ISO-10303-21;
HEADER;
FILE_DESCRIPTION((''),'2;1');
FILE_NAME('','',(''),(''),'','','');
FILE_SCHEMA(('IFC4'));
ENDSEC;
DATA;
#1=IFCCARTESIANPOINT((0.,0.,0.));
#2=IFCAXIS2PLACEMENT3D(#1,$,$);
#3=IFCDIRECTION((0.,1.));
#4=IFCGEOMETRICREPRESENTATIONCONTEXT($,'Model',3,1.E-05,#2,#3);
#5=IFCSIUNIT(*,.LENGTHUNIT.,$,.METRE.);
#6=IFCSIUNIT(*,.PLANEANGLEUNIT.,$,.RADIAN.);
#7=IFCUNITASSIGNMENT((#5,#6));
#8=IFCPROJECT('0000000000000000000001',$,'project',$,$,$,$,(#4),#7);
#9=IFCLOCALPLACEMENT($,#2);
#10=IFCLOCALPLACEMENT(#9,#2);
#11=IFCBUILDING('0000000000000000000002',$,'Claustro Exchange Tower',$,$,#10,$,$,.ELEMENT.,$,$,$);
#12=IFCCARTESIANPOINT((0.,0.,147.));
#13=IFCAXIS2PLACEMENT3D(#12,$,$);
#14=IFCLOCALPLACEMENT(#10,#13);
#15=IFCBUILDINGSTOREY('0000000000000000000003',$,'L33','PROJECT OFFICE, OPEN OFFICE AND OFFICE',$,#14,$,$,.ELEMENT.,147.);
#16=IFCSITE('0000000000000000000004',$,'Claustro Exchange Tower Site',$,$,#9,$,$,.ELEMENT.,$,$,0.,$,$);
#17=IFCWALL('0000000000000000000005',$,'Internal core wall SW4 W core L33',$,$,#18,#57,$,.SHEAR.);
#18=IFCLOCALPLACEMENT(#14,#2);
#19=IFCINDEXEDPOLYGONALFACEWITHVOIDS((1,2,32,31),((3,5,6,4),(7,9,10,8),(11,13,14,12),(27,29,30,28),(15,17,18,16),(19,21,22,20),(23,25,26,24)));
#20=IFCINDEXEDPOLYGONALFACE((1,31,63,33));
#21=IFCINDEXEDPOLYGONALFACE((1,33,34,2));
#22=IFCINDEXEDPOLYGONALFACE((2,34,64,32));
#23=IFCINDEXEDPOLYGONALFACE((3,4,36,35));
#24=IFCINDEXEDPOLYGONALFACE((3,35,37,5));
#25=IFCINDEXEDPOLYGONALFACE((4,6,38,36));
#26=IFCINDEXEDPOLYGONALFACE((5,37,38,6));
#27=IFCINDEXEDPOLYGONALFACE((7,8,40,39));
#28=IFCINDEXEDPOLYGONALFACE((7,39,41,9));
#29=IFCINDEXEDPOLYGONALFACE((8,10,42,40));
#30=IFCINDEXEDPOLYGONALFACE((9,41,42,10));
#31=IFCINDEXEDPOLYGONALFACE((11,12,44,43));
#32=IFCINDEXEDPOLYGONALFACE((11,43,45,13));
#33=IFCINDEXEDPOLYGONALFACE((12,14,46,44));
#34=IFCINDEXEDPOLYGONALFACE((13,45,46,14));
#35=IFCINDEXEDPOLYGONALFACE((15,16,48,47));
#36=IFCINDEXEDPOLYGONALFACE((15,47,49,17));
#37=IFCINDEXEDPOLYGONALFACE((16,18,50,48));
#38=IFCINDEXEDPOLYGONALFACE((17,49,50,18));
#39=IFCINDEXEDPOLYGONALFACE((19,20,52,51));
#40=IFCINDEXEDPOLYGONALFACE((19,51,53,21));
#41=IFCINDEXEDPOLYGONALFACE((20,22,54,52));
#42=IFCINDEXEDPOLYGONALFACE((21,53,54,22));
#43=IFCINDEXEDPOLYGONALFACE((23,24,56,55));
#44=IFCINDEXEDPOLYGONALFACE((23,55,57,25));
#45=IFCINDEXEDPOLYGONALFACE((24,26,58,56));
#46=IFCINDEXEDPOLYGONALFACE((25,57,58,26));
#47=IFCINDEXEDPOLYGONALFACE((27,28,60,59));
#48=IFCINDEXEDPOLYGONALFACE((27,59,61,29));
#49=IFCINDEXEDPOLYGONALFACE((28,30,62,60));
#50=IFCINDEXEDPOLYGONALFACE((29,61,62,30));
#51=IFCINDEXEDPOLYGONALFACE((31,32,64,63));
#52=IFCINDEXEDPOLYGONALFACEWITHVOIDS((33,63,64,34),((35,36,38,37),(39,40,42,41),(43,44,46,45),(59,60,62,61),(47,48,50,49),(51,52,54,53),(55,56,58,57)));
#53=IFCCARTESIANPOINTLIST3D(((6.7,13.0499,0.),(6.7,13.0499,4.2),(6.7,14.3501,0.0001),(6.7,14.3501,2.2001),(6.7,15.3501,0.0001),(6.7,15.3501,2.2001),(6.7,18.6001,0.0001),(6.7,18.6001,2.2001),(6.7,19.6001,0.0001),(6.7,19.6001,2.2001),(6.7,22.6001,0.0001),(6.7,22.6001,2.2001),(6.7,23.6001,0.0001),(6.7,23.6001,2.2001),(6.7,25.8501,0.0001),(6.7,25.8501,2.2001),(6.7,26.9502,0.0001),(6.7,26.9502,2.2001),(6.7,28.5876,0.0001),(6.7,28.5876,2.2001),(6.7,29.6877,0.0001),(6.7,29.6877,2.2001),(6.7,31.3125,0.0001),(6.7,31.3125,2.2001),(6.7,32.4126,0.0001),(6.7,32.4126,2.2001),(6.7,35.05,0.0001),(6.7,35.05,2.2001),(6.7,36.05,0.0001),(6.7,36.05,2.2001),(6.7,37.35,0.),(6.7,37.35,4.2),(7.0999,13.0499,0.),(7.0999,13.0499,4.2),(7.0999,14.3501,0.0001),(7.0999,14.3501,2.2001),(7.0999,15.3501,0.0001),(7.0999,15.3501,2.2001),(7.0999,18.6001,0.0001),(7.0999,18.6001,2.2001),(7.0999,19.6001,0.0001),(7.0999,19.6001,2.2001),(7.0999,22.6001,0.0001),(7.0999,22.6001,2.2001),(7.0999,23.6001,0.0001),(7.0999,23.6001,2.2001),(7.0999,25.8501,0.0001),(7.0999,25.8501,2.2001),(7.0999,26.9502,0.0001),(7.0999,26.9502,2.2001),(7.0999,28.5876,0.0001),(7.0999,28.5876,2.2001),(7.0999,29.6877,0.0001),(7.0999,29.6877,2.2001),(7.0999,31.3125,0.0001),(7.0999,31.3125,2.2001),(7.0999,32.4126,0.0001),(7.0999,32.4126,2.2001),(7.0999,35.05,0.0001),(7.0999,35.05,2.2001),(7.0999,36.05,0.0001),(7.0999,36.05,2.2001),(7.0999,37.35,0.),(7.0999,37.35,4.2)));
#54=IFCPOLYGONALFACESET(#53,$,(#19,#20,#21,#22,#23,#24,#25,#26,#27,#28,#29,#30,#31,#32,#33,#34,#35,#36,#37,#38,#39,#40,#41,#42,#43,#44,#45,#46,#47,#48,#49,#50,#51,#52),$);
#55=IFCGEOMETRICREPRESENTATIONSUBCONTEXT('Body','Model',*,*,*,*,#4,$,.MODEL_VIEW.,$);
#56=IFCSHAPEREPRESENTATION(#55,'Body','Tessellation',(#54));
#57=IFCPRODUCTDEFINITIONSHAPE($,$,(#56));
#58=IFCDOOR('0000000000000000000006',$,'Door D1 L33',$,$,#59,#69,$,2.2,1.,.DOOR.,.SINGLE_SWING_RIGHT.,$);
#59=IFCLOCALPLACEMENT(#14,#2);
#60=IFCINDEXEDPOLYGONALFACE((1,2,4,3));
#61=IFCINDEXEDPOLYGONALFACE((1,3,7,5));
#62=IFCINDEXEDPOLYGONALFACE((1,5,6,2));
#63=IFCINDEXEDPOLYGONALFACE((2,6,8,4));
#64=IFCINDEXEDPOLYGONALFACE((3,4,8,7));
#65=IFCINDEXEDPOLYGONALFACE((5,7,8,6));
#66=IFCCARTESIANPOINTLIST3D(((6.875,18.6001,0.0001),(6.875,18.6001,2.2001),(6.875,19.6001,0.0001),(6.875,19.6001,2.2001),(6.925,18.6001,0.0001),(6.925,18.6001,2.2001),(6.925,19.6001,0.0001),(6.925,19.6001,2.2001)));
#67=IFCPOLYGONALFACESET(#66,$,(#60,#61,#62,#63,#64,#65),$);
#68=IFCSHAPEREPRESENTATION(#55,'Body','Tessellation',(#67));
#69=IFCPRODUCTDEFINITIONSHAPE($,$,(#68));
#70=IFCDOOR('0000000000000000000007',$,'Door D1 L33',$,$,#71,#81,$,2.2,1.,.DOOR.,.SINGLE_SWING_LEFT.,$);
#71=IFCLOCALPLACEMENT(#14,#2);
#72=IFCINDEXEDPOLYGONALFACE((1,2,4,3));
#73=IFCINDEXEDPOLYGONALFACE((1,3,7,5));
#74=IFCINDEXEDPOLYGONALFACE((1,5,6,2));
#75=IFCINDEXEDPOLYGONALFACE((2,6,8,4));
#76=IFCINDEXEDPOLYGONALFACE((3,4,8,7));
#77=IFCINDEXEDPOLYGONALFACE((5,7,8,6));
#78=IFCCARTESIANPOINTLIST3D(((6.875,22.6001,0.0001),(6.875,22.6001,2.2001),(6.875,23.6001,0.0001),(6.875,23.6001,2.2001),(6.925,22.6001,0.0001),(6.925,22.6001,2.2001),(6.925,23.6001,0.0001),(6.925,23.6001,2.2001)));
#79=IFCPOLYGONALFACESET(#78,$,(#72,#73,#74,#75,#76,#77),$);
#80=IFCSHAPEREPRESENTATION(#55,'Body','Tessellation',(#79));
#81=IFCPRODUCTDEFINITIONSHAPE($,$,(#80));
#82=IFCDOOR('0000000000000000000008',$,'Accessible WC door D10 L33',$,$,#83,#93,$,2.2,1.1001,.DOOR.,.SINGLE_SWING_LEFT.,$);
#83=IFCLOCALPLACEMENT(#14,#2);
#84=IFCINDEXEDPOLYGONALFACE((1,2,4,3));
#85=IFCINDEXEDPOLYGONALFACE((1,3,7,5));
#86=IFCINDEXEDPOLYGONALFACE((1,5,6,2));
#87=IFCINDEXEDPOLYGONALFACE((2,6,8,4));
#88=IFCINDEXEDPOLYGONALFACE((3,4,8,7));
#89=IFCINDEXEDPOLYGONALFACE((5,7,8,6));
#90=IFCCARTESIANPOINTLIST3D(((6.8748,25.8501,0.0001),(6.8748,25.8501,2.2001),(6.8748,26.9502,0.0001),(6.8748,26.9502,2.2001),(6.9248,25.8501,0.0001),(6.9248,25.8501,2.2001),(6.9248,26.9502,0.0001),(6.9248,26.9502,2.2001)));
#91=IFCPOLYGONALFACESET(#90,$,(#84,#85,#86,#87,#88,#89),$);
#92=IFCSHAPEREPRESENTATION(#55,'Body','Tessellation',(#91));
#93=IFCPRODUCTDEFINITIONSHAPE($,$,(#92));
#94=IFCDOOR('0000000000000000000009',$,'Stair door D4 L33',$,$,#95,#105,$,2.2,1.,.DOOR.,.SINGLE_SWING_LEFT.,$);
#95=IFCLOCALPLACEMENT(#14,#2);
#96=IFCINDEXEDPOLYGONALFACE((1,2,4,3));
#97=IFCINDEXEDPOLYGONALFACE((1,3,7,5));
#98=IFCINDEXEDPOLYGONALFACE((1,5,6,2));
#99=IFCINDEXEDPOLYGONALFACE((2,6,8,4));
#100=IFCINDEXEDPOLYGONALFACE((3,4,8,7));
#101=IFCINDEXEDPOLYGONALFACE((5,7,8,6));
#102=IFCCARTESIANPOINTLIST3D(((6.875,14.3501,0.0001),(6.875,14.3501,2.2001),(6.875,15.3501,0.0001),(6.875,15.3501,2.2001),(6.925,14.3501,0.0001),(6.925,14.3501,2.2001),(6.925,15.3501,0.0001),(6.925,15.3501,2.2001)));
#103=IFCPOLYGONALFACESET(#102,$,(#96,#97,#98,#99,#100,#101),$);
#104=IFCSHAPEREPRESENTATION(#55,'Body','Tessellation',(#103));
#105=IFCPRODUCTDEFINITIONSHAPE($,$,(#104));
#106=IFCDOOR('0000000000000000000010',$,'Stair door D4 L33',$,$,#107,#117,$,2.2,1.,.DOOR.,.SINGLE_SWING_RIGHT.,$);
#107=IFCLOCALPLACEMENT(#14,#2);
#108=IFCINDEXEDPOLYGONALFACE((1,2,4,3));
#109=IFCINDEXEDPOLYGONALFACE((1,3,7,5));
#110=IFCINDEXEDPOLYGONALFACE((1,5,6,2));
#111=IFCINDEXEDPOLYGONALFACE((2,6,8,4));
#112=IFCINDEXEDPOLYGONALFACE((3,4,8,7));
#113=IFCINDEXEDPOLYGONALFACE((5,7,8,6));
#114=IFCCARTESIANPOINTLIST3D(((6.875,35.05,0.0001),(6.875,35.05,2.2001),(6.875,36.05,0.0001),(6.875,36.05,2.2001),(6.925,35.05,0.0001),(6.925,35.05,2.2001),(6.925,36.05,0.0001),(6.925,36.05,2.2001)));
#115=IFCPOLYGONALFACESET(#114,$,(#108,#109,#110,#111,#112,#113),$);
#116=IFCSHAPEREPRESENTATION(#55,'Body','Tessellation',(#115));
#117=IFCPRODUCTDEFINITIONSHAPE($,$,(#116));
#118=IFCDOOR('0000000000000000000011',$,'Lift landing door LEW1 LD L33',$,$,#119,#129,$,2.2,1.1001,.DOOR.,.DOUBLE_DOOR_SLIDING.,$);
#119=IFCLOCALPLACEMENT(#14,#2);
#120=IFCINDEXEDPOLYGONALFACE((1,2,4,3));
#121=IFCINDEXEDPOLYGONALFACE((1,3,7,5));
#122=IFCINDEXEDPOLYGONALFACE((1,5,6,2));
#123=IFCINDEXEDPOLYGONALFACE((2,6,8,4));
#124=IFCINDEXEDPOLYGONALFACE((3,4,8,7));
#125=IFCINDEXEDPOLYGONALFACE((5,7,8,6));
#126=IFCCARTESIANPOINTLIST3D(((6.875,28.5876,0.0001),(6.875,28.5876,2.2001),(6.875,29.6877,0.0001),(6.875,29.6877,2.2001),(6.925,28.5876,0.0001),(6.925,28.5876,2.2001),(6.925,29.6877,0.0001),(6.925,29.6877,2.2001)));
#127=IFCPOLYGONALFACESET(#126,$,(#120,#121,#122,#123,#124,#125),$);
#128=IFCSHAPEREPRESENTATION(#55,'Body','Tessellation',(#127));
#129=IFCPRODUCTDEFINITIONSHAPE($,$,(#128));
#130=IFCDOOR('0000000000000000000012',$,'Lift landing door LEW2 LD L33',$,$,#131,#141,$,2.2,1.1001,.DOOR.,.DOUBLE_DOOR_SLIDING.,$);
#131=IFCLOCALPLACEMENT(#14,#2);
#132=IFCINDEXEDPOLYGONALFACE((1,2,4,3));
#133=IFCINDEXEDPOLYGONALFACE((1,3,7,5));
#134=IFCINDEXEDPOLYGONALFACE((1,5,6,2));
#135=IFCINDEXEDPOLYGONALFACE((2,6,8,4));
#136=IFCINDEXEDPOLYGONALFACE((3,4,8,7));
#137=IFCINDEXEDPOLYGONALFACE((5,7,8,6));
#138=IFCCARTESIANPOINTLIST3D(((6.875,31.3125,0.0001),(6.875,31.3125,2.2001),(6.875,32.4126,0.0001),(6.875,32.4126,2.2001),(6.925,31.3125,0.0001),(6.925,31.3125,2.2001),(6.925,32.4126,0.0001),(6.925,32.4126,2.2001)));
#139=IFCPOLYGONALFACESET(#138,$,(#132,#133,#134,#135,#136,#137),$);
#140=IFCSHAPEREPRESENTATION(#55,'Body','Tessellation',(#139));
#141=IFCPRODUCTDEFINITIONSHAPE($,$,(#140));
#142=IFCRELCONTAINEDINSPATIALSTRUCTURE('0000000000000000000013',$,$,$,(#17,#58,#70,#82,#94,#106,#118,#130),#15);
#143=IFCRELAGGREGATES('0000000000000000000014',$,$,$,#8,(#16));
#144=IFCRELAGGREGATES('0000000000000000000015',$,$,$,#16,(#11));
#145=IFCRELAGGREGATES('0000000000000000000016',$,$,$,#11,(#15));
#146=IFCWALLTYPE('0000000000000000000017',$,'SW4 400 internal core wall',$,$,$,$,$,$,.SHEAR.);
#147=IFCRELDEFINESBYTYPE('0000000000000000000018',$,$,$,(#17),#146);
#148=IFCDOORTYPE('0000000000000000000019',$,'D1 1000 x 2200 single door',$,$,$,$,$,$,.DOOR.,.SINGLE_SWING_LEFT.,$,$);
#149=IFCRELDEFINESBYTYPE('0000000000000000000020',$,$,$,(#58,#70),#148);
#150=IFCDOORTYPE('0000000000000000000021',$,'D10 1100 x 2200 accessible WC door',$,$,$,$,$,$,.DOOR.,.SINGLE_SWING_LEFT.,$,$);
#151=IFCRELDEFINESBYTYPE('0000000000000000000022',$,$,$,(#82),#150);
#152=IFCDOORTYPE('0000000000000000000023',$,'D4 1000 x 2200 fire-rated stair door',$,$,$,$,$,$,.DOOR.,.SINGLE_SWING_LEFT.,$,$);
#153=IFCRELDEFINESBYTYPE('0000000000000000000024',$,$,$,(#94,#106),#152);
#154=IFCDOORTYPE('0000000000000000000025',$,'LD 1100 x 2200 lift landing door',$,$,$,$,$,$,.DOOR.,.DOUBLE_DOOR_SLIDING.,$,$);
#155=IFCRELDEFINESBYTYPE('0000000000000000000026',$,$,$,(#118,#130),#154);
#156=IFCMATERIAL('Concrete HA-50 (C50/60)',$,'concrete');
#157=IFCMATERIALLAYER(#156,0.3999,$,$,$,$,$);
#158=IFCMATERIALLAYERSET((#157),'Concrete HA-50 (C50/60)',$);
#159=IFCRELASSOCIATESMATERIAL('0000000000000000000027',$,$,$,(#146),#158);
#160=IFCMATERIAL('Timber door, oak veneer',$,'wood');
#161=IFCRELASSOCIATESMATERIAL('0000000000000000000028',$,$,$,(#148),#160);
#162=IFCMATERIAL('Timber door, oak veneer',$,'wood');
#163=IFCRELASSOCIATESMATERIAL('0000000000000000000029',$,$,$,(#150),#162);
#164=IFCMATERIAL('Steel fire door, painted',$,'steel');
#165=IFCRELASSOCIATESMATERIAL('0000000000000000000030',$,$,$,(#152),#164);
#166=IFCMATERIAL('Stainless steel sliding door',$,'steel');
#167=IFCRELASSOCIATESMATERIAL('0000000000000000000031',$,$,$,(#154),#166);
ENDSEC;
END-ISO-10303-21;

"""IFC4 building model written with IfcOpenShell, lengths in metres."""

from ifc_helpers import new_model, si_unit, direction, frame, frame_2d, origin, place, context, subcontext, project, spatial, rectangle, extrude, material, layer, layer_set, type_object, element, fill, save


model = new_model("IFC4")

# Units and contexts
model_context = context("Model", 3, precision=1e-05, world=origin(), true_north=direction((0.0, 1.0)))
body_context = subcontext(model_context, "Body", "Model", "MODEL_VIEW")
ifc_project = project(units=[si_unit("LENGTHUNIT", "METRE"), si_unit("PLANEANGLEUNIT", "RADIAN")], contexts=[model_context])

# Site, building, storey
site_placement = place(None, origin())
site = spatial("IfcSite", under=ifc_project, at=site_placement, Name="Claustro Exchange Tower Site", CompositionType="ELEMENT", RefElevation=0.0)
building_placement = place(site_placement, origin())
building = spatial("IfcBuilding", under=site, at=building_placement, Name="Claustro Exchange Tower", CompositionType="ELEMENT")
storey_placement = place(building_placement, frame((0.0, 0.0, 147.0)))
storey = spatial("IfcBuildingStorey", under=building, at=storey_placement, Name="L33", Description="PROJECT OFFICE, OPEN OFFICE AND OFFICE", CompositionType="ELEMENT", Elevation=147.0)

# Wall, openings, doors
ifc_material_1 = material(Name="Concrete HA-50 (C50/60)", Category="concrete")
ifc_layer_1 = layer(ifc_material_1, 0.3999)
ifc_layer_set_1 = layer_set([ifc_layer_1], Name="Concrete HA-50 (C50/60)")
wall_type_1 = type_object("IfcWallType", Name="SW4 400 internal core wall", PredefinedType="SHEAR", material=ifc_layer_set_1)
wall_1_placement = place(storey_placement, frame((6.8999, 13.05, 0.0), z_axis=(0.0, 0.0, 1.0), x_axis=(0.0, 1.0, 0.0)))
wall_1 = element("IfcWall", 1, at=wall_1_placement, inside=storey, type_object=wall_type_1, Name="Internal core wall SW4 W core L33", PredefinedType="SHEAR", context=body_context, shape_type="SweptSolid", body=[
    extrude(rectangle(XDim=24.3, YDim=0.3999, at=frame_2d((12.1499, 0.0))), origin(), (0.0, 0.0, 1.0), 4.2),
])
opening_1_placement = place(wall_1_placement, frame((1.3, 0.0, 0.0)))
opening_1 = element("IfcOpeningElement", 2, at=opening_1_placement, cuts=wall_1, PredefinedType="OPENING", context=body_context, shape_type="SweptSolid", body=[
    extrude(rectangle(XDim=1.0, YDim=2.2, at=frame_2d((0.5, 1.1001))), frame((0.0, 0.21, 0.0), z_axis=(0.0, -1.0, 0.0), x_axis=(1.0, 0.0, 0.0)), (0.0, 0.0, 1.0), 0.4199),
])
opening_2_placement = place(wall_1_placement, frame((22.0, 0.0, 0.0)))
opening_2 = element("IfcOpeningElement", 3, at=opening_2_placement, cuts=wall_1, PredefinedType="OPENING", context=body_context, shape_type="SweptSolid", body=[
    extrude(rectangle(XDim=1.0, YDim=2.2, at=frame_2d((0.5, 1.1001))), frame((0.0, 0.21, 0.0), z_axis=(0.0, -1.0, 0.0), x_axis=(1.0, 0.0, 0.0)), (0.0, 0.0, 1.0), 0.4199),
])
opening_3_placement = place(wall_1_placement, frame((5.55, 0.0, 0.0)))
opening_3 = element("IfcOpeningElement", 4, at=opening_3_placement, cuts=wall_1, PredefinedType="OPENING", context=body_context, shape_type="SweptSolid", body=[
    extrude(rectangle(XDim=1.0, YDim=2.2, at=frame_2d((0.5, 1.1001))), frame((0.0, 0.21, 0.0), z_axis=(0.0, -1.0, 0.0), x_axis=(1.0, 0.0, 0.0)), (0.0, 0.0, 1.0), 0.4199),
])
opening_4_placement = place(wall_1_placement, frame((9.55, 0.0, 0.0)))
opening_4 = element("IfcOpeningElement", 5, at=opening_4_placement, cuts=wall_1, PredefinedType="OPENING", context=body_context, shape_type="SweptSolid", body=[
    extrude(rectangle(XDim=1.0, YDim=2.2, at=frame_2d((0.5, 1.1001))), frame((0.0, 0.21, 0.0), z_axis=(0.0, -1.0, 0.0), x_axis=(1.0, 0.0, 0.0)), (0.0, 0.0, 1.0), 0.4199),
])
opening_5_placement = place(wall_1_placement, frame((12.8, 0.0, 0.0)))
opening_5 = element("IfcOpeningElement", 6, at=opening_5_placement, cuts=wall_1, PredefinedType="OPENING", context=body_context, shape_type="SweptSolid", body=[
    extrude(rectangle(XDim=1.1001, YDim=2.2, at=frame_2d((0.55, 1.1001))), frame((0.0, 0.21, 0.0), z_axis=(0.0, -1.0, 0.0), x_axis=(1.0, 0.0, 0.0)), (0.0, 0.0, 1.0), 0.4199),
])
opening_6_placement = place(wall_1_placement, frame((15.5376, 0.0, 0.0)))
opening_6 = element("IfcOpeningElement", 7, at=opening_6_placement, cuts=wall_1, PredefinedType="OPENING", context=body_context, shape_type="SweptSolid", body=[
    extrude(rectangle(XDim=1.1001, YDim=2.2, at=frame_2d((0.55, 1.1001))), frame((0.0, 0.21, 0.0), z_axis=(0.0, -1.0, 0.0), x_axis=(1.0, 0.0, 0.0)), (0.0, 0.0, 1.0), 0.4199),
])
opening_7_placement = place(wall_1_placement, frame((18.2625, 0.0, 0.0)))
opening_7 = element("IfcOpeningElement", 8, at=opening_7_placement, cuts=wall_1, PredefinedType="OPENING", context=body_context, shape_type="SweptSolid", body=[
    extrude(rectangle(XDim=1.1001, YDim=2.2, at=frame_2d((0.55, 1.1001))), frame((0.0, 0.21, 0.0), z_axis=(0.0, -1.0, 0.0), x_axis=(1.0, 0.0, 0.0)), (0.0, 0.0, 1.0), 0.4199),
])
ifc_material_2 = material(Name="Timber door, oak veneer", Category="wood")
door_type_1 = type_object("IfcDoorType", Name="D1 1000 x 2200 single door", OperationType="SINGLE_SWING_LEFT", PredefinedType="DOOR", material=ifc_material_2)
door_1_placement = place(opening_3_placement, origin())
door_1 = element("IfcDoor", 9, at=door_1_placement, inside=storey, type_object=door_type_1, Name="Door D1 L33", OperationType="SINGLE_SWING_RIGHT", OverallHeight=2.2, OverallWidth=1.0, PredefinedType="DOOR", context=body_context, shape_type="SweptSolid", body=[
    extrude(rectangle(XDim=1.0, YDim=2.2, at=frame_2d((0.5, 1.1001))), frame((0.0, 0.0249, 0.0), z_axis=(0.0, -1.0, 0.0), x_axis=(1.0, 0.0, 0.0)), (0.0, 0.0, 1.0), 0.05),
])
fill(opening_3, door_1)
door_2_placement = place(opening_4_placement, origin())
door_2 = element("IfcDoor", 10, at=door_2_placement, inside=storey, type_object=door_type_1, Name="Door D1 L33", OperationType="SINGLE_SWING_LEFT", OverallHeight=2.2, OverallWidth=1.0, PredefinedType="DOOR", context=body_context, shape_type="SweptSolid", body=[
    extrude(rectangle(XDim=1.0, YDim=2.2, at=frame_2d((0.5, 1.1001))), frame((0.0, 0.0249, 0.0), z_axis=(0.0, -1.0, 0.0), x_axis=(1.0, 0.0, 0.0)), (0.0, 0.0, 1.0), 0.05),
])
fill(opening_4, door_2)
ifc_material_3 = material(Name="Timber door, oak veneer", Category="wood")
door_type_2 = type_object("IfcDoorType", Name="D10 1100 x 2200 accessible WC door", OperationType="SINGLE_SWING_LEFT", PredefinedType="DOOR", material=ifc_material_3)
door_3_placement = place(opening_5_placement, frame((1.1001, 0.0, 0.0), z_axis=(0.0, 0.0, 1.0), x_axis=(-1.0, 0.0, 0.0)))
door_3 = element("IfcDoor", 11, at=door_3_placement, inside=storey, type_object=door_type_2, Name="Accessible WC door D10 L33", OperationType="SINGLE_SWING_LEFT", OverallHeight=2.2, OverallWidth=1.1001, PredefinedType="DOOR", context=body_context, shape_type="SweptSolid", body=[
    extrude(rectangle(XDim=1.1001, YDim=2.2, at=frame_2d((0.55, 1.1001))), frame((0.0, 0.0249, 0.0), z_axis=(0.0, -1.0, 0.0), x_axis=(1.0, 0.0, 0.0)), (0.0, 0.0, 1.0), 0.05),
])
fill(opening_5, door_3)
ifc_material_4 = material(Name="Steel fire door, painted", Category="steel")
door_type_3 = type_object("IfcDoorType", Name="D4 1000 x 2200 fire-rated stair door", OperationType="SINGLE_SWING_LEFT", PredefinedType="DOOR", material=ifc_material_4)
door_4_placement = place(opening_1_placement, origin())
door_4 = element("IfcDoor", 12, at=door_4_placement, inside=storey, type_object=door_type_3, Name="Stair door D4 L33", OperationType="SINGLE_SWING_LEFT", OverallHeight=2.2, OverallWidth=1.0, PredefinedType="DOOR", context=body_context, shape_type="SweptSolid", body=[
    extrude(rectangle(XDim=1.0, YDim=2.2, at=frame_2d((0.5, 1.1001))), frame((0.0, 0.0249, 0.0), z_axis=(0.0, -1.0, 0.0), x_axis=(1.0, 0.0, 0.0)), (0.0, 0.0, 1.0), 0.05),
])
fill(opening_1, door_4)
door_5_placement = place(opening_2_placement, origin())
door_5 = element("IfcDoor", 13, at=door_5_placement, inside=storey, type_object=door_type_3, Name="Stair door D4 L33", OperationType="SINGLE_SWING_RIGHT", OverallHeight=2.2, OverallWidth=1.0, PredefinedType="DOOR", context=body_context, shape_type="SweptSolid", body=[
    extrude(rectangle(XDim=1.0, YDim=2.2, at=frame_2d((0.5, 1.1001))), frame((0.0, 0.0249, 0.0), z_axis=(0.0, -1.0, 0.0), x_axis=(1.0, 0.0, 0.0)), (0.0, 0.0, 1.0), 0.05),
])
fill(opening_2, door_5)
ifc_material_5 = material(Name="Stainless steel sliding door", Category="steel")
door_type_4 = type_object("IfcDoorType", Name="LD 1100 x 2200 lift landing door", OperationType="DOUBLE_DOOR_SLIDING", PredefinedType="DOOR", material=ifc_material_5)
door_6_placement = place(opening_6_placement, origin())
door_6 = element("IfcDoor", 14, at=door_6_placement, inside=storey, type_object=door_type_4, Name="Lift landing door LEW1 LD L33", OperationType="DOUBLE_DOOR_SLIDING", OverallHeight=2.2, OverallWidth=1.1001, PredefinedType="DOOR", context=body_context, shape_type="SweptSolid", body=[
    extrude(rectangle(XDim=1.1001, YDim=2.2, at=frame_2d((0.55, 1.1001))), frame((0.0, 0.0249, 0.0), z_axis=(0.0, -1.0, 0.0), x_axis=(1.0, 0.0, 0.0)), (0.0, 0.0, 1.0), 0.05),
])
fill(opening_6, door_6)
door_7_placement = place(opening_7_placement, origin())
door_7 = element("IfcDoor", 15, at=door_7_placement, inside=storey, type_object=door_type_4, Name="Lift landing door LEW2 LD L33", OperationType="DOUBLE_DOOR_SLIDING", OverallHeight=2.2, OverallWidth=1.1001, PredefinedType="DOOR", context=body_context, shape_type="SweptSolid", body=[
    extrude(rectangle(XDim=1.1001, YDim=2.2, at=frame_2d((0.55, 1.1001))), frame((0.0, 0.0249, 0.0), z_axis=(0.0, -1.0, 0.0), x_axis=(1.0, 0.0, 0.0)), (0.0, 0.0, 1.0), 0.05),
])
fill(opening_7, door_7)

save(model, "model.ifc")
